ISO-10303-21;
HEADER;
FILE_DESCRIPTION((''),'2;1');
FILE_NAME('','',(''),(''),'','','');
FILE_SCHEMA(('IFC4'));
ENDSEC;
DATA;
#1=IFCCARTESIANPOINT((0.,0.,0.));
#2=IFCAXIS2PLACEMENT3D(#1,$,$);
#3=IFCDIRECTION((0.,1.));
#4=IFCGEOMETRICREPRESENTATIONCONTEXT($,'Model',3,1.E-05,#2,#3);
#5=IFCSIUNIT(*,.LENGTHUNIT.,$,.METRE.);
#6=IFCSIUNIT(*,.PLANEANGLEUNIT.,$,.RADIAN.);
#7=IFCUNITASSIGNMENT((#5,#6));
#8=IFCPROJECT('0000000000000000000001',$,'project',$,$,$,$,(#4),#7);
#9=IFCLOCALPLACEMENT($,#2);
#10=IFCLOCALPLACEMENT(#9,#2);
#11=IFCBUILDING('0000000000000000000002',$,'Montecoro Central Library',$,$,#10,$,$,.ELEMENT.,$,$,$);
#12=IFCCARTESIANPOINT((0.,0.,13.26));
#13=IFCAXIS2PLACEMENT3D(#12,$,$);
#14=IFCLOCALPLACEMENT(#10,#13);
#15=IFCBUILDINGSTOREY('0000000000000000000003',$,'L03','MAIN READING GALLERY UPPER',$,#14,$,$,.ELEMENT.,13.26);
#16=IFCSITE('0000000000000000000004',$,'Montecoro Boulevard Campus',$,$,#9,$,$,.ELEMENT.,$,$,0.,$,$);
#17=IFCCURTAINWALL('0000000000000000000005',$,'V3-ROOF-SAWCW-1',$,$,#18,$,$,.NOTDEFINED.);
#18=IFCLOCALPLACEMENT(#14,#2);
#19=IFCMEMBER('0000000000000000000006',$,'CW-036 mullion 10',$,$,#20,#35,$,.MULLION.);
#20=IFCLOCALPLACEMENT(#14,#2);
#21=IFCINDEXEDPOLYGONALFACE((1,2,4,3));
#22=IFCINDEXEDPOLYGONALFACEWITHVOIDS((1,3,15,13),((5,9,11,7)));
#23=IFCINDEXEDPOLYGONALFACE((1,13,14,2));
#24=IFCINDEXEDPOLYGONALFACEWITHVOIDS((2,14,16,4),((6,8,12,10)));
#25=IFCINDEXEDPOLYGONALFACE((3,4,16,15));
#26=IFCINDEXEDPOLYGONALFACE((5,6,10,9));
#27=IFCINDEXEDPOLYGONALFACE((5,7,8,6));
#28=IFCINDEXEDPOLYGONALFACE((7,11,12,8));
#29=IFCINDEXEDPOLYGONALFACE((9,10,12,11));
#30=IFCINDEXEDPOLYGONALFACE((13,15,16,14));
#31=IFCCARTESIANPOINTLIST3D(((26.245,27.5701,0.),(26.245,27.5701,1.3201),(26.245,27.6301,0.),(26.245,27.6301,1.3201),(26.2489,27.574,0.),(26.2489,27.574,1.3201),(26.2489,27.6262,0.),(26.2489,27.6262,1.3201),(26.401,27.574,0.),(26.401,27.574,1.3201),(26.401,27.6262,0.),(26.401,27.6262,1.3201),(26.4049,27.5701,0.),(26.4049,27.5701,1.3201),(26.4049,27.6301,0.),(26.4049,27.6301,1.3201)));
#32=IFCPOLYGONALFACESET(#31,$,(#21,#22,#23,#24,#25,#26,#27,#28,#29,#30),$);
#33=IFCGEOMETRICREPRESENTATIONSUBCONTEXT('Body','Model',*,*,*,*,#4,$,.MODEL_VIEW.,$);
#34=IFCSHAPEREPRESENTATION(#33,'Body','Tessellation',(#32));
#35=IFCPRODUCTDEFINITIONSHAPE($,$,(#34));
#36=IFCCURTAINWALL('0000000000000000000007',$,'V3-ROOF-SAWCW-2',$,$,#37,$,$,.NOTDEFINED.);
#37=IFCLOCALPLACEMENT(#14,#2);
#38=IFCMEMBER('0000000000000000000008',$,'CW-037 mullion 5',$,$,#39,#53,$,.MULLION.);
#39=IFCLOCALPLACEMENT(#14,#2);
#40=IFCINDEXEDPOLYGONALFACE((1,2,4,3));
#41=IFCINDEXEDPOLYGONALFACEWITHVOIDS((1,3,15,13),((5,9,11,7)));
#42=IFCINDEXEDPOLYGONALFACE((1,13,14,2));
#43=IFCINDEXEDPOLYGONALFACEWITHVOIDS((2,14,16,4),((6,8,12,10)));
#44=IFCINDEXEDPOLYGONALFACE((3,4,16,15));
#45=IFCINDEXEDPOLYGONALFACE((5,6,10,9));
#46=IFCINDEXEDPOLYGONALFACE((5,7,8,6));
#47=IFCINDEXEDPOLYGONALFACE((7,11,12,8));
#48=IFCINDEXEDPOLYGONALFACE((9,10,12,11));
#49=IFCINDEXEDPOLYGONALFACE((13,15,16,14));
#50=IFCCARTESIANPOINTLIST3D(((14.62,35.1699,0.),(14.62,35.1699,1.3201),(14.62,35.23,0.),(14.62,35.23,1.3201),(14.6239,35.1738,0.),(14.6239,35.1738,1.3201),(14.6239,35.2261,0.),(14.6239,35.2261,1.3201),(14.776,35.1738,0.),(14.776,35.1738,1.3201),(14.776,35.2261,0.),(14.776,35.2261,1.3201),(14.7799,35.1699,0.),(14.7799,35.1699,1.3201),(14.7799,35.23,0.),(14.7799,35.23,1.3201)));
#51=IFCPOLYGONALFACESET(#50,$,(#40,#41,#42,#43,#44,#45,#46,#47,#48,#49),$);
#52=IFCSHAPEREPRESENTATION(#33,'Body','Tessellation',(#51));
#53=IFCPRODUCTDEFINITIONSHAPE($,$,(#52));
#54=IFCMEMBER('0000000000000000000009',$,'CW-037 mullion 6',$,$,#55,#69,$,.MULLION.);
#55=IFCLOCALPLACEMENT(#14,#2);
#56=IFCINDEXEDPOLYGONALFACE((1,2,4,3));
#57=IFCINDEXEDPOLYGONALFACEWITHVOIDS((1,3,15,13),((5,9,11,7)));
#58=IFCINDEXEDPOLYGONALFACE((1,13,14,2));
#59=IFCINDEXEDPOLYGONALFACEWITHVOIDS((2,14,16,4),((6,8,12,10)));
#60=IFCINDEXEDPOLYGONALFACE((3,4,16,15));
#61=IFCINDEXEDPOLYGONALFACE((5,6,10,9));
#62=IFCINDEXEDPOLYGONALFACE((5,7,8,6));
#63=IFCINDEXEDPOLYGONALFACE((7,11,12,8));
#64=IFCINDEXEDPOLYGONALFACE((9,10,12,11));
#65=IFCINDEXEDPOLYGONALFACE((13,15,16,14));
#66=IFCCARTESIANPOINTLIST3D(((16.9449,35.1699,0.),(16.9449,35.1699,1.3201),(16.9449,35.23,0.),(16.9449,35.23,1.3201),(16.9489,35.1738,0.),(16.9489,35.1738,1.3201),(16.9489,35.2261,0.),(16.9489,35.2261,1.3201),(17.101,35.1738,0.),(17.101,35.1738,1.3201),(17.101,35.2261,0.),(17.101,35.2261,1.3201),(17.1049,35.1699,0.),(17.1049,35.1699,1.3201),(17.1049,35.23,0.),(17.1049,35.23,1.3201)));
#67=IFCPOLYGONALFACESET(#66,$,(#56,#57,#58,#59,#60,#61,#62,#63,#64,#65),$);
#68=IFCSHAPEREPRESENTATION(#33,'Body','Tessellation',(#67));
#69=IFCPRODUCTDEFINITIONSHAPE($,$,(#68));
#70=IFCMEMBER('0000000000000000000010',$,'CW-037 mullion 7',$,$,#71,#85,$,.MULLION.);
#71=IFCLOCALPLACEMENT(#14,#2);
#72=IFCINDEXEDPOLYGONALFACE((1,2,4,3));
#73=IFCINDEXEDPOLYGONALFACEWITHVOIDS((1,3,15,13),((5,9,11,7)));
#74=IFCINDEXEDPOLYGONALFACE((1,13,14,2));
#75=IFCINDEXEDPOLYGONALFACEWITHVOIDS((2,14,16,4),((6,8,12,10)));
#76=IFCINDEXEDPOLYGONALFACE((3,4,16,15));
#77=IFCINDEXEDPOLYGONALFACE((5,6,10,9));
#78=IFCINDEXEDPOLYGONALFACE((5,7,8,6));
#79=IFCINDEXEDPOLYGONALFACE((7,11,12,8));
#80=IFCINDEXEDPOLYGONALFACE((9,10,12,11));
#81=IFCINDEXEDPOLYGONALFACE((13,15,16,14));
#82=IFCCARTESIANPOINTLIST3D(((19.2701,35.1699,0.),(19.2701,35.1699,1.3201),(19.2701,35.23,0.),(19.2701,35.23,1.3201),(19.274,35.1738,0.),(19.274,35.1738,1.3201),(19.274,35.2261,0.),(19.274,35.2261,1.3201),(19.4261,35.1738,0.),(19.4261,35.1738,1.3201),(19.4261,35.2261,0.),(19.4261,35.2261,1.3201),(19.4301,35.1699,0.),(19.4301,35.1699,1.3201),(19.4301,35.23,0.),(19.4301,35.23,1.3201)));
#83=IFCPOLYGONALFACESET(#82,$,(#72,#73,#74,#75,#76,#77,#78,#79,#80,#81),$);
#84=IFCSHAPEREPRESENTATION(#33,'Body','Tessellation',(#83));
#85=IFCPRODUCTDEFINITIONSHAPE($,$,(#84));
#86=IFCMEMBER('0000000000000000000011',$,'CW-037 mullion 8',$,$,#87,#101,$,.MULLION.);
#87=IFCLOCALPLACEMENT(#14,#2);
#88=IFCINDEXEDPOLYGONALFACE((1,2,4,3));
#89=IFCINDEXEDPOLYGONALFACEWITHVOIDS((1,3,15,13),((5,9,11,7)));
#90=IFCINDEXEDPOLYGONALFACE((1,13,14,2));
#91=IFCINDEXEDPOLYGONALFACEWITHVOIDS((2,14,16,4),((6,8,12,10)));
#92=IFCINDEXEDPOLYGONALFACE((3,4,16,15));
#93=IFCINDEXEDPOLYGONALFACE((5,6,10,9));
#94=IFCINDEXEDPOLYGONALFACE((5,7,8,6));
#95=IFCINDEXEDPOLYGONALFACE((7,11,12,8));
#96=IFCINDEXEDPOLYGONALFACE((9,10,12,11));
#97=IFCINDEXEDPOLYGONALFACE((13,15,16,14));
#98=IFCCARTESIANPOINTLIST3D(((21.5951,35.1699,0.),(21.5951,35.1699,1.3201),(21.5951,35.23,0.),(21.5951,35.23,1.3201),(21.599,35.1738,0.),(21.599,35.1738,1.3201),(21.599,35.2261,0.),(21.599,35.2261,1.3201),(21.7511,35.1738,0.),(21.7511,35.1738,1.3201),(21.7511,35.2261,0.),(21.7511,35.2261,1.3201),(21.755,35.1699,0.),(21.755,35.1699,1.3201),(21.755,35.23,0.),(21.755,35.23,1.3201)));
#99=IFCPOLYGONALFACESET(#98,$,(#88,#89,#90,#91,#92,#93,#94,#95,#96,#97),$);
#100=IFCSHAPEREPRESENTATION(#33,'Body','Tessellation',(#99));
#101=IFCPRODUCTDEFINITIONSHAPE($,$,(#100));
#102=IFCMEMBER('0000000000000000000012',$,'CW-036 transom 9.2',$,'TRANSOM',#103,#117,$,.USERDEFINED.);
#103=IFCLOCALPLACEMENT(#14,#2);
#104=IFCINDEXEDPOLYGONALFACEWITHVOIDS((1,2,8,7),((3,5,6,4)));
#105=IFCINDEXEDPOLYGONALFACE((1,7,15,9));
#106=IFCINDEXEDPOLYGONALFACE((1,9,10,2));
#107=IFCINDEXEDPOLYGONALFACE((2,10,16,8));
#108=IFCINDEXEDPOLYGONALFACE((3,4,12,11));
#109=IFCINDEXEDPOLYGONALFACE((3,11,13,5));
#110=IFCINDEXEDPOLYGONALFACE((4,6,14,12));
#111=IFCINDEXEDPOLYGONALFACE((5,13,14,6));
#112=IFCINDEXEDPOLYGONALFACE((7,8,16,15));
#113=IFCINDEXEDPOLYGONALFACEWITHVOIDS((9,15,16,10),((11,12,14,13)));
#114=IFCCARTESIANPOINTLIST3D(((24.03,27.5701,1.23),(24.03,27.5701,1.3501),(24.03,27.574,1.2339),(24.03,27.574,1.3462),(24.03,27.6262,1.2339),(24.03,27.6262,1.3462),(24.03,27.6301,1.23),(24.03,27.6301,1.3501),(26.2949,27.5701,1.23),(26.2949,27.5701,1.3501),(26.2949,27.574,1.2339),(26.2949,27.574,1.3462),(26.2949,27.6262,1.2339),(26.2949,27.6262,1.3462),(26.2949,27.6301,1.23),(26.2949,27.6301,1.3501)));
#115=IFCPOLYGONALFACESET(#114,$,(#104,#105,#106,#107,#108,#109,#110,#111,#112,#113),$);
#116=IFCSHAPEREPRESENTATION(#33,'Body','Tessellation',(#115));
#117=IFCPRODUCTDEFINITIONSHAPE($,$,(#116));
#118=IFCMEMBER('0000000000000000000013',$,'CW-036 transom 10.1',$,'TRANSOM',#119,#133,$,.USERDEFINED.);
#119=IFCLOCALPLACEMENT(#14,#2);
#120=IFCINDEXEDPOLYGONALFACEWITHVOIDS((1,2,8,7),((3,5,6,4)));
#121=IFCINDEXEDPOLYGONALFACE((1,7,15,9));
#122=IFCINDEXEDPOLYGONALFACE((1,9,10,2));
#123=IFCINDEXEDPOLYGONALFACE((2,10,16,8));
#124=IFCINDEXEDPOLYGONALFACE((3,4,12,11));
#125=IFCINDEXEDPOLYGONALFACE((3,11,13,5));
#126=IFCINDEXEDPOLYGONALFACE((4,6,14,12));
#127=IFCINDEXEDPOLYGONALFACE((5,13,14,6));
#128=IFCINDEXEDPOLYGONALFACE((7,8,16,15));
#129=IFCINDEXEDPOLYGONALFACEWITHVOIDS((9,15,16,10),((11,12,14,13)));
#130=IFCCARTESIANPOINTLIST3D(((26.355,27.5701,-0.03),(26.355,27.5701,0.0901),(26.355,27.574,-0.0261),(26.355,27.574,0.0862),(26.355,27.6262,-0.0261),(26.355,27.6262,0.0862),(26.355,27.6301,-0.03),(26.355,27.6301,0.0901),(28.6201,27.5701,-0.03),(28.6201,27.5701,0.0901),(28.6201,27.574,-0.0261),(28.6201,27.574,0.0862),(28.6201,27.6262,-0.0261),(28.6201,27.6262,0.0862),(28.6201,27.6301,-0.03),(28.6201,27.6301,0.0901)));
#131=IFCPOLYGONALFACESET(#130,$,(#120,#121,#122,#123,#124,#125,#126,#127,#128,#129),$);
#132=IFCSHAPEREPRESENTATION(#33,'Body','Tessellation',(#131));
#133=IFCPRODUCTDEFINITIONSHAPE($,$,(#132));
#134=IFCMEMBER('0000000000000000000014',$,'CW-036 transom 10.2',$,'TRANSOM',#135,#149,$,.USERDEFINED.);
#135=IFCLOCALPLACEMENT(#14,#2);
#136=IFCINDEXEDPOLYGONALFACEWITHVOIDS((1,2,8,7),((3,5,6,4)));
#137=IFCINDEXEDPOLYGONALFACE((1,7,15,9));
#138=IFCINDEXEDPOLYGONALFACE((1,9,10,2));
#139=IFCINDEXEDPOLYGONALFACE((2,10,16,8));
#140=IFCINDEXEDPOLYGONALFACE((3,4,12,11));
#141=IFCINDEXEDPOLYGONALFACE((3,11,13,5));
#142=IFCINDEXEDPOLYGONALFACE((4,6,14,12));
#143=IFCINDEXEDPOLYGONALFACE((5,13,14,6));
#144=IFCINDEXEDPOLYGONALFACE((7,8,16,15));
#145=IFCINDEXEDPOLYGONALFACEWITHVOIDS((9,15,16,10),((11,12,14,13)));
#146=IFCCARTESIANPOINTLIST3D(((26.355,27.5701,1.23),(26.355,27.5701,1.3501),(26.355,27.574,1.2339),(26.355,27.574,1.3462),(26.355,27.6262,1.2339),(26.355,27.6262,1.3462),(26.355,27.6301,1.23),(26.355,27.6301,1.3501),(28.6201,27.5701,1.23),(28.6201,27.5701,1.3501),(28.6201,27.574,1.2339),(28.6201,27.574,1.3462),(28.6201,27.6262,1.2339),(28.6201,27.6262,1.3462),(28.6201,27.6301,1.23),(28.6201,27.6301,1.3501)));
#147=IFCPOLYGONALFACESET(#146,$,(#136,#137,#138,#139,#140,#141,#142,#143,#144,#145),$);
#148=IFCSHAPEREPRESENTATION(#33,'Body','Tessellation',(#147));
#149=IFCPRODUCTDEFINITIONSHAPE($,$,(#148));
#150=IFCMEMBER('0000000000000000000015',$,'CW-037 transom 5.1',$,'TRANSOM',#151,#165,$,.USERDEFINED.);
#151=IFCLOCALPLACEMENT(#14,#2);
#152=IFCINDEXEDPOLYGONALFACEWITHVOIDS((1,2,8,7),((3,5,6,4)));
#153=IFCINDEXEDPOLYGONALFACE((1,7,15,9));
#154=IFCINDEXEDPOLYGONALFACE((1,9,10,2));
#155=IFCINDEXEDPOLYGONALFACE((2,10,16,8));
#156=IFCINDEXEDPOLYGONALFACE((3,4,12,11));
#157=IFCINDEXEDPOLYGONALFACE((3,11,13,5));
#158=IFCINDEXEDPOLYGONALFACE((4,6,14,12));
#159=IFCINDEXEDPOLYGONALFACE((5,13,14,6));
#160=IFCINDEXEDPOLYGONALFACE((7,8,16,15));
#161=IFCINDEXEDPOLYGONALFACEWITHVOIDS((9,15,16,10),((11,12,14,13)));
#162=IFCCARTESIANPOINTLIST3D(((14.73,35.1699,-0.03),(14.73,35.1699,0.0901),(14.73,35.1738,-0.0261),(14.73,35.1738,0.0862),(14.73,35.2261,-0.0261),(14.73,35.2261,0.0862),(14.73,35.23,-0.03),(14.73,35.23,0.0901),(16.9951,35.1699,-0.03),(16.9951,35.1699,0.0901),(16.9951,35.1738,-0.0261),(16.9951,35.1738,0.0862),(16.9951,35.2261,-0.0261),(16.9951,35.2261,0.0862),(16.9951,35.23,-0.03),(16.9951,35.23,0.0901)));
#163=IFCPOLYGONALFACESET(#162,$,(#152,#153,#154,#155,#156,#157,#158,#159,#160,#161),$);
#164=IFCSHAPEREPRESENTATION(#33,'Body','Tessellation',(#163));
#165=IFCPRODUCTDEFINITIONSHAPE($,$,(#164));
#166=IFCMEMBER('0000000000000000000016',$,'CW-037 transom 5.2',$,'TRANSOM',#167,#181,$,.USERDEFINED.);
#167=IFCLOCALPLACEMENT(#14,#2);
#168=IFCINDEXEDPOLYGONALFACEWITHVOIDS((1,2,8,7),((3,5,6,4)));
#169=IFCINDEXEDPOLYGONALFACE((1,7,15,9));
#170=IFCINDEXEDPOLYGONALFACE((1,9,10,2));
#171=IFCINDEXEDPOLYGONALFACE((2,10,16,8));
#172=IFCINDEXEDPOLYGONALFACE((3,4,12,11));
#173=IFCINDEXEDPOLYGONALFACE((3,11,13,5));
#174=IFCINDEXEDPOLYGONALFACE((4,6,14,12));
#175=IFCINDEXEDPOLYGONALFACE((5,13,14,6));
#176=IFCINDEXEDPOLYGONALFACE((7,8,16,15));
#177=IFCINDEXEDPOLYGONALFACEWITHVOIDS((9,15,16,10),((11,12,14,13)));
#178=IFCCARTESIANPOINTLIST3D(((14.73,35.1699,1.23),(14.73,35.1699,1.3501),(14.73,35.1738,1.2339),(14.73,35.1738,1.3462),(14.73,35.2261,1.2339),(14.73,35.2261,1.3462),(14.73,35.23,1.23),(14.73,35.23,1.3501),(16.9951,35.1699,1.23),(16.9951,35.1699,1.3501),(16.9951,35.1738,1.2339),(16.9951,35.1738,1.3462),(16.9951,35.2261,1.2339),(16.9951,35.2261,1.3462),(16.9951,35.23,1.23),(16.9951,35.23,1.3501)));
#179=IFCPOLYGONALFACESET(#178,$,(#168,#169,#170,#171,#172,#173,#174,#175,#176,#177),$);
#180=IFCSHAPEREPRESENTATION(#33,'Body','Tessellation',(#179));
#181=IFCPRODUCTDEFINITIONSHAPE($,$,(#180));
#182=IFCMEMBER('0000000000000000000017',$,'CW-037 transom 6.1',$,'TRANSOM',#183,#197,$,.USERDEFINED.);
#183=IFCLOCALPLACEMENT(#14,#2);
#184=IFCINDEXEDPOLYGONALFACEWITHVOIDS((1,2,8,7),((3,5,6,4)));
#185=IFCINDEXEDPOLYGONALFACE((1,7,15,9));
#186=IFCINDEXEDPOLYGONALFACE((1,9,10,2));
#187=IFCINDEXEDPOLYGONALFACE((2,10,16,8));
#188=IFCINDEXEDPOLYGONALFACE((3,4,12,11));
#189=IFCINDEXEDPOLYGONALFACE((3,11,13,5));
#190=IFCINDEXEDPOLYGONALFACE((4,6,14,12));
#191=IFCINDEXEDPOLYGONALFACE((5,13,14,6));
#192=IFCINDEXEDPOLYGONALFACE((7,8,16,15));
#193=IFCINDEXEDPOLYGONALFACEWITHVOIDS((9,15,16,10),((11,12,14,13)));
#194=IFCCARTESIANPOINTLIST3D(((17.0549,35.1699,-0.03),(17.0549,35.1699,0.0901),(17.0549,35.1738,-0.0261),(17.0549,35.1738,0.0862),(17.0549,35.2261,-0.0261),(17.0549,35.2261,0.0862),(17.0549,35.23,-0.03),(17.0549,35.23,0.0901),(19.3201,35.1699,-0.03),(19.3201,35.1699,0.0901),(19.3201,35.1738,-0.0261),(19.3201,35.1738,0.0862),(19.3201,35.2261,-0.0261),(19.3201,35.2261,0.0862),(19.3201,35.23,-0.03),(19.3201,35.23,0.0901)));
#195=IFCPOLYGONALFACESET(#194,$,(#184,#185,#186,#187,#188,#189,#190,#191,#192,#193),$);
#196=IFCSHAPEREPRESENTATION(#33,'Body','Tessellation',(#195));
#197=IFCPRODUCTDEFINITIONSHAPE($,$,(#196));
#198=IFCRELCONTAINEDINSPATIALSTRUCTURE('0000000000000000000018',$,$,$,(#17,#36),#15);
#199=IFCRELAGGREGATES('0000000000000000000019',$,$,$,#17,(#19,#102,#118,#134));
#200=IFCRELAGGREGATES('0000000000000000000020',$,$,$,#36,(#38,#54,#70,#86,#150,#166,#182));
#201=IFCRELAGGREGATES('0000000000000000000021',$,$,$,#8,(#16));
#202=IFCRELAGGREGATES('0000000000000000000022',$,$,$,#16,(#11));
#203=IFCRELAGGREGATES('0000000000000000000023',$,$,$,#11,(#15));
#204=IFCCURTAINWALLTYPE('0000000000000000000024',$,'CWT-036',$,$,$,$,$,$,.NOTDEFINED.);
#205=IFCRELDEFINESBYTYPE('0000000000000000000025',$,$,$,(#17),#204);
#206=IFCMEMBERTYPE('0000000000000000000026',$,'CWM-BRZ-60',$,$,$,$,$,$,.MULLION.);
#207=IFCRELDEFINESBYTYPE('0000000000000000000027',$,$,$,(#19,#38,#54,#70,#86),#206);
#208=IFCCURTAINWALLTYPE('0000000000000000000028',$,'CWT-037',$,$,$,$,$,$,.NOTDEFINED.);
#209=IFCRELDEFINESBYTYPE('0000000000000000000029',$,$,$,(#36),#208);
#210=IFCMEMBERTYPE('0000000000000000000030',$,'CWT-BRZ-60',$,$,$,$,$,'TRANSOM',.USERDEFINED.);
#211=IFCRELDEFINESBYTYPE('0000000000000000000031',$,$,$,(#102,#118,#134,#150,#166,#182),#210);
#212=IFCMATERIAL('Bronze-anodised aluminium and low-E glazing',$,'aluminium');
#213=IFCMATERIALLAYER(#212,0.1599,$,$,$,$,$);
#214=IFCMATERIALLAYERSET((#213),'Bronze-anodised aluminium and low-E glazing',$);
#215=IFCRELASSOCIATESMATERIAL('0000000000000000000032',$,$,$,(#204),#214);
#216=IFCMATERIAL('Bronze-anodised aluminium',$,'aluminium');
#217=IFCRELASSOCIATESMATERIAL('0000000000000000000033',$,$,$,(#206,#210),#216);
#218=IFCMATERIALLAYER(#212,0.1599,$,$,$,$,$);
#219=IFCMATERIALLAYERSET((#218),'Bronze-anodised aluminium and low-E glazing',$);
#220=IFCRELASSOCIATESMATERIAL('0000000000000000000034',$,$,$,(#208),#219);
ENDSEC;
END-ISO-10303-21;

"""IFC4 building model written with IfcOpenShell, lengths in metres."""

from ifc_helpers import new_model, si_unit, direction, frame, origin, origin_2d, place, context, subcontext, project, spatial, hollow_rectangle, extrude, material, layer, layer_set, material_profile, profile_set, type_object, element, aggregate, save


model = new_model("IFC4")

# Units and contexts
model_context = context("Model", 3, precision=1e-05, world=origin(), true_north=direction((0.0, 1.0)))
body_context = subcontext(model_context, "Body", "Model", "MODEL_VIEW")
ifc_project = project(units=[si_unit("LENGTHUNIT", "METRE"), si_unit("PLANEANGLEUNIT", "RADIAN")], contexts=[model_context])

# Site, building, storey
site_placement = place(None, origin())
site = spatial("IfcSite", under=ifc_project, at=site_placement, Name="Montecoro Boulevard Campus", CompositionType="ELEMENT", RefElevation=0.0)
building_placement = place(site_placement, origin())
building = spatial("IfcBuilding", under=site, at=building_placement, Name="Montecoro Central Library", CompositionType="ELEMENT")
storey_placement = place(building_placement, frame((0.0, 0.0, 13.26)))
storey = spatial("IfcBuildingStorey", under=building, at=storey_placement, Name="L03", Description="MAIN READING GALLERY UPPER", CompositionType="ELEMENT", Elevation=13.26)

# Curtain wall, member
ifc_material_1 = material(Name="Bronze-anodised aluminium and low-E glazing", Category="aluminium")
ifc_layer_1 = layer(ifc_material_1, 0.1599)
ifc_layer_set_1 = layer_set([ifc_layer_1], Name="Bronze-anodised aluminium and low-E glazing")
curtain_wall_type_1 = type_object("IfcCurtainWallType", Name="CWT-036", PredefinedType="NOTDEFINED", material=ifc_layer_set_1)
curtain_wall_1_placement = place(storey_placement, origin())
curtain_wall_1 = element("IfcCurtainWall", 1, at=curtain_wall_1_placement, inside=storey, type_object=curtain_wall_type_1, Name="V3-ROOF-SAWCW-1", PredefinedType="NOTDEFINED")
ifc_material_2 = material(Name="Bronze-anodised aluminium", Category="aluminium")
ifc_material_profile_1 = material_profile(ifc_material_2, hollow_rectangle(XDim=0.0601, YDim=0.1599, WallThickness=0.0039, at=origin_2d()), Name="CWM 160x60x4.0")
ifc_profile_set_1 = profile_set([ifc_material_profile_1], Name="Bronze-anodised aluminium")
member_type_1 = type_object("IfcMemberType", Name="CWM-BRZ-60", PredefinedType="MULLION", material=ifc_profile_set_1)
member_1_placement = place(storey_placement, frame((26.325, 27.6001, 0.0), z_axis=(0.0, 0.0, 1.0), x_axis=(0.0, 1.0, 0.0)))
member_1 = element("IfcMember", 2, at=member_1_placement, type_object=member_type_1, Name="CW-036 mullion 10", PredefinedType="MULLION", context=body_context, shape_type="SweptSolid", body=[
    extrude(hollow_rectangle(XDim=0.0601, YDim=0.1599, WallThickness=0.0039, at=origin_2d()), origin(), (0.0, 0.0, 1.0), 1.3201),
])

# Curtain wall, members
ifc_layer_2 = layer(ifc_material_1, 0.1599)
ifc_layer_set_2 = layer_set([ifc_layer_2], Name="Bronze-anodised aluminium and low-E glazing")
curtain_wall_type_2 = type_object("IfcCurtainWallType", Name="CWT-037", PredefinedType="NOTDEFINED", material=ifc_layer_set_2)
curtain_wall_2_placement = place(storey_placement, origin())
curtain_wall_2 = element("IfcCurtainWall", 3, at=curtain_wall_2_placement, inside=storey, type_object=curtain_wall_type_2, Name="V3-ROOF-SAWCW-2", PredefinedType="NOTDEFINED")
member_2_placement = place(storey_placement, frame((14.7, 35.2, 0.0), z_axis=(0.0, 0.0, 1.0), x_axis=(0.0, 1.0, 0.0)))
member_2 = element("IfcMember", 4, at=member_2_placement, type_object=member_type_1, Name="CW-037 mullion 5", PredefinedType="MULLION", context=body_context, shape_type="SweptSolid", body=[
    extrude(hollow_rectangle(XDim=0.0601, YDim=0.1599, WallThickness=0.0039, at=origin_2d()), origin(), (0.0, 0.0, 1.0), 1.3201),
])
member_3_placement = place(storey_placement, frame((17.0249, 35.2, 0.0), z_axis=(0.0, 0.0, 1.0), x_axis=(0.0, 1.0, 0.0)))
member_3 = element("IfcMember", 5, at=member_3_placement, type_object=member_type_1, Name="CW-037 mullion 6", PredefinedType="MULLION", context=body_context, shape_type="SweptSolid", body=[
    extrude(hollow_rectangle(XDim=0.0601, YDim=0.1599, WallThickness=0.0039, at=origin_2d()), origin(), (0.0, 0.0, 1.0), 1.3201),
])
member_4_placement = place(storey_placement, frame((19.3501, 35.2, 0.0), z_axis=(0.0, 0.0, 1.0), x_axis=(0.0, 1.0, 0.0)))
member_4 = element("IfcMember", 6, at=member_4_placement, type_object=member_type_1, Name="CW-037 mullion 7", PredefinedType="MULLION", context=body_context, shape_type="SweptSolid", body=[
    extrude(hollow_rectangle(XDim=0.0601, YDim=0.1599, WallThickness=0.0039, at=origin_2d()), origin(), (0.0, 0.0, 1.0), 1.3201),
])
member_5_placement = place(storey_placement, frame((21.675, 35.2, 0.0), z_axis=(0.0, 0.0, 1.0), x_axis=(0.0, 1.0, 0.0)))
member_5 = element("IfcMember", 7, at=member_5_placement, type_object=member_type_1, Name="CW-037 mullion 8", PredefinedType="MULLION", context=body_context, shape_type="SweptSolid", body=[
    extrude(hollow_rectangle(XDim=0.0601, YDim=0.1599, WallThickness=0.0039, at=origin_2d()), origin(), (0.0, 0.0, 1.0), 1.3201),
])

# Members
ifc_material_profile_2 = material_profile(ifc_material_2, hollow_rectangle(XDim=0.0601, YDim=0.1201, WallThickness=0.0039, at=origin_2d()), Name="CWT 120x60x4.0")
ifc_profile_set_2 = profile_set([ifc_material_profile_2], Name="Bronze-anodised aluminium")
member_type_2 = type_object("IfcMemberType", Name="CWT-BRZ-60", ElementType="TRANSOM", PredefinedType="USERDEFINED", material=ifc_profile_set_2)
member_6_placement = place(storey_placement, frame((24.03, 27.6001, 1.29), z_axis=(1.0, 0.0, 0.0), x_axis=(0.0, 1.0, 0.0)))
member_6 = element("IfcMember", 8, at=member_6_placement, type_object=member_type_2, Name="CW-036 transom 9.2", ObjectType="TRANSOM", PredefinedType="USERDEFINED", context=body_context, shape_type="SweptSolid", body=[
    extrude(hollow_rectangle(XDim=0.0601, YDim=0.1201, WallThickness=0.0039, at=origin_2d()), origin(), (0.0, 0.0, 1.0), 2.2649),
])
member_7_placement = place(storey_placement, frame((26.355, 27.6001, 0.03), z_axis=(1.0, 0.0, 0.0), x_axis=(0.0, 1.0, 0.0)))
member_7 = element("IfcMember", 9, at=member_7_placement, type_object=member_type_2, Name="CW-036 transom 10.1", ObjectType="TRANSOM", PredefinedType="USERDEFINED", context=body_context, shape_type="SweptSolid", body=[
    extrude(hollow_rectangle(XDim=0.0601, YDim=0.1201, WallThickness=0.0039, at=origin_2d()), origin(), (0.0, 0.0, 1.0), 2.2651),
])
member_8_placement = place(storey_placement, frame((26.355, 27.6001, 1.29), z_axis=(1.0, 0.0, 0.0), x_axis=(0.0, 1.0, 0.0)))
member_8 = element("IfcMember", 10, at=member_8_placement, type_object=member_type_2, Name="CW-036 transom 10.2", ObjectType="TRANSOM", PredefinedType="USERDEFINED", context=body_context, shape_type="SweptSolid", body=[
    extrude(hollow_rectangle(XDim=0.0601, YDim=0.1201, WallThickness=0.0039, at=origin_2d()), origin(), (0.0, 0.0, 1.0), 2.2651),
])
member_9_placement = place(storey_placement, frame((14.73, 35.2, 0.03), z_axis=(1.0, 0.0, 0.0), x_axis=(0.0, 1.0, 0.0)))
member_9 = element("IfcMember", 11, at=member_9_placement, type_object=member_type_2, Name="CW-037 transom 5.1", ObjectType="TRANSOM", PredefinedType="USERDEFINED", context=body_context, shape_type="SweptSolid", body=[
    extrude(hollow_rectangle(XDim=0.0601, YDim=0.1201, WallThickness=0.0039, at=origin_2d()), origin(), (0.0, 0.0, 1.0), 2.2651),
])
member_10_placement = place(storey_placement, frame((14.73, 35.2, 1.29), z_axis=(1.0, 0.0, 0.0), x_axis=(0.0, 1.0, 0.0)))
member_10 = element("IfcMember", 12, at=member_10_placement, type_object=member_type_2, Name="CW-037 transom 5.2", ObjectType="TRANSOM", PredefinedType="USERDEFINED", context=body_context, shape_type="SweptSolid", body=[
    extrude(hollow_rectangle(XDim=0.0601, YDim=0.1201, WallThickness=0.0039, at=origin_2d()), origin(), (0.0, 0.0, 1.0), 2.2651),
])
member_11_placement = place(storey_placement, frame((17.0549, 35.2, 0.03), z_axis=(1.0, 0.0, 0.0), x_axis=(0.0, 1.0, 0.0)))
member_11 = element("IfcMember", 13, at=member_11_placement, type_object=member_type_2, Name="CW-037 transom 6.1", ObjectType="TRANSOM", PredefinedType="USERDEFINED", context=body_context, shape_type="SweptSolid", body=[
    extrude(hollow_rectangle(XDim=0.0601, YDim=0.1201, WallThickness=0.0039, at=origin_2d()), origin(), (0.0, 0.0, 1.0), 2.2651),
])

aggregate(curtain_wall_1, [member_1, member_6, member_7, member_8])
aggregate(curtain_wall_2, [member_2, member_3, member_4, member_5, member_9, member_10, member_11])

save(model, "model.ifc")
